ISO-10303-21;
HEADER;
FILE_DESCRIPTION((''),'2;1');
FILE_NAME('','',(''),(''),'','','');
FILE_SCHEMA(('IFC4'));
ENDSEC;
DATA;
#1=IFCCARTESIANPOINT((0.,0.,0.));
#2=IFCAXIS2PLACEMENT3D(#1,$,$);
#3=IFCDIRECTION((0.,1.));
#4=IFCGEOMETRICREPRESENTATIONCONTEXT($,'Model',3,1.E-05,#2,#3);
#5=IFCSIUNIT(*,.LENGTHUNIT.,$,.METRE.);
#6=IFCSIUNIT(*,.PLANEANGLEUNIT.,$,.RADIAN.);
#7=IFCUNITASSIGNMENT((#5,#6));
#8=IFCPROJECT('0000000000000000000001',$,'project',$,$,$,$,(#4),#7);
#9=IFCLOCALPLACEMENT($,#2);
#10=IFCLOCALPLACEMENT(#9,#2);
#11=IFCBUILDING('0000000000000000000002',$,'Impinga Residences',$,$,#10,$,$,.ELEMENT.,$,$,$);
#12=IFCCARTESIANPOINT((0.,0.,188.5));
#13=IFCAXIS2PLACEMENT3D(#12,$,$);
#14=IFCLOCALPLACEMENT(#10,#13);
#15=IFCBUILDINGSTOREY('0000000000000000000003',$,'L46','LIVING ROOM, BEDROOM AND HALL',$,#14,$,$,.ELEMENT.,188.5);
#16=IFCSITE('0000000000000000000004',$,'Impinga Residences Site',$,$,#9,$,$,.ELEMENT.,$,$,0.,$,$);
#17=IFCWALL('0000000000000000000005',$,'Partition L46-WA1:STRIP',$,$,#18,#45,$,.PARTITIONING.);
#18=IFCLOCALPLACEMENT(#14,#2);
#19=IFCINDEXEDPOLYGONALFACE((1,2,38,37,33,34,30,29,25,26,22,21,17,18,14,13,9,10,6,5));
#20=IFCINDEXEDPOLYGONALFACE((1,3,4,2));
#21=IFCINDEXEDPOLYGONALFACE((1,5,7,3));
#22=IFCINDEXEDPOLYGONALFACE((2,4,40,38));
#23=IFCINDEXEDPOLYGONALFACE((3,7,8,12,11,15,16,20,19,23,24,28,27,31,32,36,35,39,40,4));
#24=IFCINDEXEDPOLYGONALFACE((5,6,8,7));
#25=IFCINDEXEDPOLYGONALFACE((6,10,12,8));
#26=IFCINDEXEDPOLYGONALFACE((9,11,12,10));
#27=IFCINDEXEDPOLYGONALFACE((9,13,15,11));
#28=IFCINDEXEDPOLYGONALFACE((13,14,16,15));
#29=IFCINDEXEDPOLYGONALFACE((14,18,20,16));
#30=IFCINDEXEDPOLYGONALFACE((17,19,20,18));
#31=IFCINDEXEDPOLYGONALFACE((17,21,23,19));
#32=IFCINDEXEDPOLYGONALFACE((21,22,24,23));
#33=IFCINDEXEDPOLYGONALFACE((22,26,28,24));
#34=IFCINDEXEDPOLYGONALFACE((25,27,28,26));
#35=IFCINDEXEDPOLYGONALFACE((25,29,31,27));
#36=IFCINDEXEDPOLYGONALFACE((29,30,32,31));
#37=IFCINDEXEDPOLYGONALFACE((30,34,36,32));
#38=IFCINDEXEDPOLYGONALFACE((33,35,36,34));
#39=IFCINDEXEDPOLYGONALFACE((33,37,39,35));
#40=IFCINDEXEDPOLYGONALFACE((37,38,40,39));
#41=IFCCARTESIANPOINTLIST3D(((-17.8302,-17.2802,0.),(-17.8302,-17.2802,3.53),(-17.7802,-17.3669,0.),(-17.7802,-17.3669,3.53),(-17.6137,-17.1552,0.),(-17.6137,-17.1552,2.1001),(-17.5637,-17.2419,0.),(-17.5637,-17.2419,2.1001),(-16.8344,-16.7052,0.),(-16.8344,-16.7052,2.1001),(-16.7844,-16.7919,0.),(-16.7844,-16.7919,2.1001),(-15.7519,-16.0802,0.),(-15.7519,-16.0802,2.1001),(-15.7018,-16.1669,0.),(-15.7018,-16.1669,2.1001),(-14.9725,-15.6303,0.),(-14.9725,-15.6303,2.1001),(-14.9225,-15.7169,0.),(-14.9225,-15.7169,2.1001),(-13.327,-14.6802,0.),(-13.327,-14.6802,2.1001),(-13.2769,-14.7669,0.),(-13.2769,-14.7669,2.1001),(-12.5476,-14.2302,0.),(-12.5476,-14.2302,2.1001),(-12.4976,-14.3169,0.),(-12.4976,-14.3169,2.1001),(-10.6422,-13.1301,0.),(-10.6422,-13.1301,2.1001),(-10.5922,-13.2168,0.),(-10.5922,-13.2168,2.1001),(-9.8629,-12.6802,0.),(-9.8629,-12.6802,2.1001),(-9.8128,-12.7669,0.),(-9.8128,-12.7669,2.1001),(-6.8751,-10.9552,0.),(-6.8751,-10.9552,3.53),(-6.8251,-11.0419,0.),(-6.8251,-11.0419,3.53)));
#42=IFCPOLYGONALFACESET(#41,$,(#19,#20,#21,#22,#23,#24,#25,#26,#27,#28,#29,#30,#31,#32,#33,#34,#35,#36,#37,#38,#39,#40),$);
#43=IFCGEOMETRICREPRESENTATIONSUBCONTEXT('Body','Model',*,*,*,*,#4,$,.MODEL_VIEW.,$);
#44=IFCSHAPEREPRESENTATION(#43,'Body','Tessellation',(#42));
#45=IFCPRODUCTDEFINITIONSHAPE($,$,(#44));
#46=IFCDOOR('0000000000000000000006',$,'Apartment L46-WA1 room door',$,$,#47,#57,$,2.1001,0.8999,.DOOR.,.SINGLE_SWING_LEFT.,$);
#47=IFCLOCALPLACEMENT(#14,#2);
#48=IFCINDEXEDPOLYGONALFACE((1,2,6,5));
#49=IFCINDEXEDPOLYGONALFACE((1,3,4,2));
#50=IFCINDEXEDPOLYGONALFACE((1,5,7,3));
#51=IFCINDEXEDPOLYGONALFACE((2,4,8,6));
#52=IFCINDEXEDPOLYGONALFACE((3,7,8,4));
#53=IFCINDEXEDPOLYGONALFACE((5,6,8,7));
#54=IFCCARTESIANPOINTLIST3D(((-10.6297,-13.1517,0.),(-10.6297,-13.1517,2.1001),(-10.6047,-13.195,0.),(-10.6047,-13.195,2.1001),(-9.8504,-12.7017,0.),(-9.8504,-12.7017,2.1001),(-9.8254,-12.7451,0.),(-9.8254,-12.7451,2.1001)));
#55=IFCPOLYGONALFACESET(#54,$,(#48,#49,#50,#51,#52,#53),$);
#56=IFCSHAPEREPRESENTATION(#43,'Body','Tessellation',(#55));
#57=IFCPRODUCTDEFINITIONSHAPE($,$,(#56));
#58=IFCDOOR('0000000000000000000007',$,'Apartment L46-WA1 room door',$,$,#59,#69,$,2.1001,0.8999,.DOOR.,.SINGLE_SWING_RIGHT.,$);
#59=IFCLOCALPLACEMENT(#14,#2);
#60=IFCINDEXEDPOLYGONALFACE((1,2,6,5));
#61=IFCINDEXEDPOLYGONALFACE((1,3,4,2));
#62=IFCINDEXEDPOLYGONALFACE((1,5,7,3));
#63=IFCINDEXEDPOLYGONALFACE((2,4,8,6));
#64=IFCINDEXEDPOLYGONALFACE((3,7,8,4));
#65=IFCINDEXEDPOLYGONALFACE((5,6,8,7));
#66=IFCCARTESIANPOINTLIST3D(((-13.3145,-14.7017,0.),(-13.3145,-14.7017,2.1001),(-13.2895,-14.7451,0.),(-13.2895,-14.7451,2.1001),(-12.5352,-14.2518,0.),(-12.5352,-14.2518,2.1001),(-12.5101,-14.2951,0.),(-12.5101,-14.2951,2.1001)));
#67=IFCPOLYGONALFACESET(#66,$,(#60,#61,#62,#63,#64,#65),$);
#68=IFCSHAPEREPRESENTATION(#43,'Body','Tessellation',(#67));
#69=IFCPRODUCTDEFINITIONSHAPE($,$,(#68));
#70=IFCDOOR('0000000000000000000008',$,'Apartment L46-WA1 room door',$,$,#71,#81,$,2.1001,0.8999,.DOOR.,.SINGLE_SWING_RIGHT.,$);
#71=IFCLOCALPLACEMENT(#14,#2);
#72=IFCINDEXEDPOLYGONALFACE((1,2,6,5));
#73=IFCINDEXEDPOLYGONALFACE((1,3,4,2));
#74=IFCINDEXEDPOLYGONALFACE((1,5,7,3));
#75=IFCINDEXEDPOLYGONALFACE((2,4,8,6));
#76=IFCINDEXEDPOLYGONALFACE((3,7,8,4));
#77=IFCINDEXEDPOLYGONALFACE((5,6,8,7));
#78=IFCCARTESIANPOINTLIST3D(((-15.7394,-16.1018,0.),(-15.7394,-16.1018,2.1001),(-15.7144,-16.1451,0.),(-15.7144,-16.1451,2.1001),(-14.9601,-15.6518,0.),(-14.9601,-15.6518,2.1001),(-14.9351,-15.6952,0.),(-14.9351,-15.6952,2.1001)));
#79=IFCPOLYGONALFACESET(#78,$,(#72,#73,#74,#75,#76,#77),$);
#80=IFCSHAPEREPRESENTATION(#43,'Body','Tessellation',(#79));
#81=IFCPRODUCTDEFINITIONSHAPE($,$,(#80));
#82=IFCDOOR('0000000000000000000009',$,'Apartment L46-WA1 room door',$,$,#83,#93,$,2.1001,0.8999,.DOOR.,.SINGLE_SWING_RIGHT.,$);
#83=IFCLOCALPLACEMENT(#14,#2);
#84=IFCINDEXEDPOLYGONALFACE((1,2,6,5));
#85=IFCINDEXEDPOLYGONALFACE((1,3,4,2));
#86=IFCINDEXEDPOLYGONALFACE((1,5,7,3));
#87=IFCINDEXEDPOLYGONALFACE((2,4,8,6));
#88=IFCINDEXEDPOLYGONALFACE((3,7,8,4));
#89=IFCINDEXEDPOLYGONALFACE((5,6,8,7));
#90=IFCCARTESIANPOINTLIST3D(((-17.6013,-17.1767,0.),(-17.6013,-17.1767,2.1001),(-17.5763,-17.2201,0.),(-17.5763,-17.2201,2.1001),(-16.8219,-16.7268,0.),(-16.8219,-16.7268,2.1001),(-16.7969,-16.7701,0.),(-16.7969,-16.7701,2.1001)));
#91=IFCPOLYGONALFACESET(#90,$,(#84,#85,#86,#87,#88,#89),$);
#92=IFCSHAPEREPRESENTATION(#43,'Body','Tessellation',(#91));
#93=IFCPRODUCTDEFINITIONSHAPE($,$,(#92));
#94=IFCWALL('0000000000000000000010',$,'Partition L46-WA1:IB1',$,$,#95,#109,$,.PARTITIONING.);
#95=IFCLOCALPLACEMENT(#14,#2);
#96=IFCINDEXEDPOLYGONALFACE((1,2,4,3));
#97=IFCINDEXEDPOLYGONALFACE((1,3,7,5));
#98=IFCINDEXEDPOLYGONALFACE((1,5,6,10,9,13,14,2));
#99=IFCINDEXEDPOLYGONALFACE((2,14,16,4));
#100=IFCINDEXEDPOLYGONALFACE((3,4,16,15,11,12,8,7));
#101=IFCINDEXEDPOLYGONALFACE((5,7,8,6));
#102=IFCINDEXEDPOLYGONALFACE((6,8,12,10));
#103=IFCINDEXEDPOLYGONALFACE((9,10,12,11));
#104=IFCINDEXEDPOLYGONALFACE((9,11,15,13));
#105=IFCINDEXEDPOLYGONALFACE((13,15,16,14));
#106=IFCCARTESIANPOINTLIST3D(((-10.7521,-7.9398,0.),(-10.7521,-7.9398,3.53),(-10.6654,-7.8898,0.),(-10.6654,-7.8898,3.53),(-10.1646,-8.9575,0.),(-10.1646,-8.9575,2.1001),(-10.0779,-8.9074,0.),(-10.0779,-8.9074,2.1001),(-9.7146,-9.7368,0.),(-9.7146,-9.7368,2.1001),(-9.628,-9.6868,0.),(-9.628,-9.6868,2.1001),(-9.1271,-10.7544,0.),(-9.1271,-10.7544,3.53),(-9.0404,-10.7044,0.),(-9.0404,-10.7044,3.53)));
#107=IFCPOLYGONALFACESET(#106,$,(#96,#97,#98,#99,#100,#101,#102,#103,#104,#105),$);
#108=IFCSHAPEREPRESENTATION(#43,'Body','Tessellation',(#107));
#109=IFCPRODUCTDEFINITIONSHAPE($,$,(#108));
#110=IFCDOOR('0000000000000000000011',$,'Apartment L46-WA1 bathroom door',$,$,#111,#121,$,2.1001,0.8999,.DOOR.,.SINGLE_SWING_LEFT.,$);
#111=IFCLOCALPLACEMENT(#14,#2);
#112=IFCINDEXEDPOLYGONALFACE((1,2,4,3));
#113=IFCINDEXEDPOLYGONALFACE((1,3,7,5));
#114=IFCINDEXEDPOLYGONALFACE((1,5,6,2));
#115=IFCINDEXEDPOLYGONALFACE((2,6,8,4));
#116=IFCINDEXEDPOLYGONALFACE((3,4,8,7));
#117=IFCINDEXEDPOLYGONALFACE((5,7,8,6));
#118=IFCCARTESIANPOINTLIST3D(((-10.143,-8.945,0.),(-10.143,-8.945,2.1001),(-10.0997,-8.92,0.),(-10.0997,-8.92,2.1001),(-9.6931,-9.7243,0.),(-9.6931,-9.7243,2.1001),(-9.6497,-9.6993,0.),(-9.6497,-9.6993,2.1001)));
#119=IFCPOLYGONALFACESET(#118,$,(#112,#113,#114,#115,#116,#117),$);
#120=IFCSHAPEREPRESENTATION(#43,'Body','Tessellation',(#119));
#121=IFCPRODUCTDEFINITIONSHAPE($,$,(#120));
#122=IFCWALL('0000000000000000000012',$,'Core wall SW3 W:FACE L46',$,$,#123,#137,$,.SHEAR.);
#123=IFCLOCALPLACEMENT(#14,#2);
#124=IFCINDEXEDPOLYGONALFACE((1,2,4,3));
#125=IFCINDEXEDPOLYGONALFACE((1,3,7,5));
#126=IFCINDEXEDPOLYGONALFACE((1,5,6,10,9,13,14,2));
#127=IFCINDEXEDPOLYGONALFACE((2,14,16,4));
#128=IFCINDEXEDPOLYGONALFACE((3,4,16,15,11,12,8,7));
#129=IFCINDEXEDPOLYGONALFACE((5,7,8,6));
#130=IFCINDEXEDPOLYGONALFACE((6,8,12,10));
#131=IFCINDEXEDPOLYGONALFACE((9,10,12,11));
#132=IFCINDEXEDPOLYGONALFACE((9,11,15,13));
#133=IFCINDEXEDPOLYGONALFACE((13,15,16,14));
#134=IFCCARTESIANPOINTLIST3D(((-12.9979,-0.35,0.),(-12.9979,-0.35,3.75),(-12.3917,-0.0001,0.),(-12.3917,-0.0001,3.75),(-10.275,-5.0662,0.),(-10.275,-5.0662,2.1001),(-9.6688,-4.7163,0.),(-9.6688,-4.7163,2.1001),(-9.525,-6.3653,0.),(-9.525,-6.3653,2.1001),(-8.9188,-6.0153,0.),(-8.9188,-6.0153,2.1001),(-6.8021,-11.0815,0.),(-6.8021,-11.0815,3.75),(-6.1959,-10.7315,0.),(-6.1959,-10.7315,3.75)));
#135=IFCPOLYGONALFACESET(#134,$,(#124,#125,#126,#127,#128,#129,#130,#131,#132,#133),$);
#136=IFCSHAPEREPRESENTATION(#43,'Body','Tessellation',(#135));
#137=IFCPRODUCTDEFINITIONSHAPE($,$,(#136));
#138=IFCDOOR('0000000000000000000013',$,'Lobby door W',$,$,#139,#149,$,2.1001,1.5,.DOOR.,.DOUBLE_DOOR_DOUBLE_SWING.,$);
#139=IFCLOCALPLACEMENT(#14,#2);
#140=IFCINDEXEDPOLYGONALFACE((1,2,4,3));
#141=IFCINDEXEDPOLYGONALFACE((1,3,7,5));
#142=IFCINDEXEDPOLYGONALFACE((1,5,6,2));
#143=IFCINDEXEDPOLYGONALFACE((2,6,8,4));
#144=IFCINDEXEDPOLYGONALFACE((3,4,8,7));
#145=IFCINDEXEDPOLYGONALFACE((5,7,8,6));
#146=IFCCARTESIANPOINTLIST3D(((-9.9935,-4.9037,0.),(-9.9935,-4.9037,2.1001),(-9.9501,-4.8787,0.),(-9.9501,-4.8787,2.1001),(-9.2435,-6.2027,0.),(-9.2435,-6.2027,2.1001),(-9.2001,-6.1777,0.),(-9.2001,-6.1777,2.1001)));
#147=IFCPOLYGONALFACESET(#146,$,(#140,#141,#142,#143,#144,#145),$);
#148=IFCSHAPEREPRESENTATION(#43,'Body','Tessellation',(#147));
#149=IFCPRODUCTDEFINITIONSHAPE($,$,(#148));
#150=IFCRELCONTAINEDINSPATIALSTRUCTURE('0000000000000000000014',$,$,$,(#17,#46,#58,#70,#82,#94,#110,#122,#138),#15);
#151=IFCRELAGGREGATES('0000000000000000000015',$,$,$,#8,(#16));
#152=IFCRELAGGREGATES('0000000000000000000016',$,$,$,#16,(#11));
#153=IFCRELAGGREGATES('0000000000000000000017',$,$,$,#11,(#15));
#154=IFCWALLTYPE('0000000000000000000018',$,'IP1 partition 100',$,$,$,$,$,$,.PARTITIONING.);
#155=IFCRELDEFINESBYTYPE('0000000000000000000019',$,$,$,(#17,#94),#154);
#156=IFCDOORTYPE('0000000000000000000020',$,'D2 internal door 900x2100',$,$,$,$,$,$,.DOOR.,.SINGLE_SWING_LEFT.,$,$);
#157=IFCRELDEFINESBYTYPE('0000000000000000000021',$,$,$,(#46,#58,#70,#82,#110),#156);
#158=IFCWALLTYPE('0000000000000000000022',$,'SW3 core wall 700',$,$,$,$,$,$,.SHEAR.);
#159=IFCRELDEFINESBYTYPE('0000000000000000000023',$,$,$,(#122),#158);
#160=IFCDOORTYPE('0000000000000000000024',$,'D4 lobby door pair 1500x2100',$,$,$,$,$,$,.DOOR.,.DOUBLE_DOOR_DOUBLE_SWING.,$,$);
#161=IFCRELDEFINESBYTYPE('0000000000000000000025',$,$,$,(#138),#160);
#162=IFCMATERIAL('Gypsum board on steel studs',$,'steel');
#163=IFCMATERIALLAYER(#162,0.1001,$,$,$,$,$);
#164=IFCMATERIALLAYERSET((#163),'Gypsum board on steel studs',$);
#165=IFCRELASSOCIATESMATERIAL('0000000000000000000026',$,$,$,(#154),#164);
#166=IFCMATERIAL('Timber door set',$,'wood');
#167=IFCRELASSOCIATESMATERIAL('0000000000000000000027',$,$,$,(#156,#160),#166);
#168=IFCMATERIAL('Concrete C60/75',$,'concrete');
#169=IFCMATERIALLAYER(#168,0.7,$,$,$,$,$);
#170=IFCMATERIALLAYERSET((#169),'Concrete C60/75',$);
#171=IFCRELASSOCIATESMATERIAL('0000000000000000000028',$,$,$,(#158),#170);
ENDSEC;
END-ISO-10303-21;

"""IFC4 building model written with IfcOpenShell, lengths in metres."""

from ifc_helpers import new_model, si_unit, direction, frame, frame_2d, origin, place, context, subcontext, project, spatial, rectangle, extrude, material, layer, layer_set, type_object, element, fill, save


model = new_model("IFC4")

# Units and contexts
model_context = context("Model", 3, precision=1e-05, world=origin(), true_north=direction((0.0, 1.0)))
body_context = subcontext(model_context, "Body", "Model", "MODEL_VIEW")
ifc_project = project(units=[si_unit("LENGTHUNIT", "METRE"), si_unit("PLANEANGLEUNIT", "RADIAN")], contexts=[model_context])

# Site, building, storey
site_placement = place(None, origin())
site = spatial("IfcSite", under=ifc_project, at=site_placement, Name="Impinga Residences Site", CompositionType="ELEMENT", RefElevation=0.0)
building_placement = place(site_placement, origin())
building = spatial("IfcBuilding", under=site, at=building_placement, Name="Impinga Residences", CompositionType="ELEMENT")
storey_placement = place(building_placement, frame((0.0, 0.0, 188.5)))
storey = spatial("IfcBuildingStorey", under=building, at=storey_placement, Name="L46", Description="LIVING ROOM, BEDROOM AND HALL", CompositionType="ELEMENT", Elevation=188.5)

# Shared definitions
ifc_material_1 = material(Name="Concrete C60/75", Category="concrete")
ifc_material_2 = material(Name="Timber door set", Category="wood")

# Shared definitions
ifc_material_3 = material(Name="Gypsum board on steel studs", Category="steel")
ifc_layer_1 = layer(ifc_material_3, 0.1001)
ifc_layer_set_1 = layer_set([ifc_layer_1], Name="Gypsum board on steel studs")
wall_type_1 = type_object("IfcWallType", Name="IP1 partition 100", PredefinedType="PARTITIONING", material=ifc_layer_set_1)

# Wall, openings, doors
wall_1_placement = place(storey_placement, frame((-6.8501, -10.9985, 0.0), z_axis=(0.0, 0.0, 1.0), x_axis=(-0.866024, -0.500002, 0.0)))
wall_1 = element("IfcWall", 1, at=wall_1_placement, inside=storey, type_object=wall_type_1, Name="Partition L46-WA1:STRIP", PredefinedType="PARTITIONING", context=body_context, shape_type="SweptSolid", body=[
    extrude(rectangle(XDim=12.6499, YDim=0.1001, at=frame_2d((6.325, 0.0))), origin(), (0.0, 0.0, 1.0), 3.53),
])
opening_1_placement = place(wall_1_placement, frame((3.45, 0.0, 0.0)))
opening_1 = element("IfcOpeningElement", 2, at=opening_1_placement, cuts=wall_1, PredefinedType="OPENING", context=body_context, shape_type="SweptSolid", body=[
    extrude(rectangle(XDim=0.8999, YDim=2.1001, at=frame_2d((0.45, 1.05))), frame((0.0, 0.0601, 0.0), z_axis=(0.0, -1.0, 0.0), x_axis=(1.0, 0.0, 0.0)), (0.0, 0.0, 1.0), 0.1201),
])
opening_2_placement = place(wall_1_placement, frame((6.55, 0.0, 0.0)))
opening_2 = element("IfcOpeningElement", 3, at=opening_2_placement, cuts=wall_1, PredefinedType="OPENING", context=body_context, shape_type="SweptSolid", body=[
    extrude(rectangle(XDim=0.8999, YDim=2.1001, at=frame_2d((0.45, 1.05))), frame((0.0, 0.0601, 0.0), z_axis=(0.0, -1.0, 0.0), x_axis=(1.0, 0.0, 0.0)), (0.0, 0.0, 1.0), 0.1201),
])
opening_3_placement = place(wall_1_placement, frame((9.3501, 0.0, 0.0)))
opening_3 = element("IfcOpeningElement", 4, at=opening_3_placement, cuts=wall_1, PredefinedType="OPENING", context=body_context, shape_type="SweptSolid", body=[
    extrude(rectangle(XDim=0.8999, YDim=2.1001, at=frame_2d((0.45, 1.05))), frame((0.0, 0.0601, 0.0), z_axis=(0.0, -1.0, 0.0), x_axis=(1.0, 0.0, 0.0)), (0.0, 0.0, 1.0), 0.1201),
])
opening_4_placement = place(wall_1_placement, frame((11.5, 0.0, 0.0)))
opening_4 = element("IfcOpeningElement", 5, at=opening_4_placement, cuts=wall_1, PredefinedType="OPENING", context=body_context, shape_type="SweptSolid", body=[
    extrude(rectangle(XDim=0.8999, YDim=2.1001, at=frame_2d((0.45, 1.05))), frame((0.0, 0.0601, 0.0), z_axis=(0.0, -1.0, 0.0), x_axis=(1.0, 0.0, 0.0)), (0.0, 0.0, 1.0), 0.1201),
])
door_type_1 = type_object("IfcDoorType", Name="D2 internal door 900x2100", OperationType="SINGLE_SWING_LEFT", PredefinedType="DOOR", material=ifc_material_2)
door_1_placement = place(opening_1_placement, origin())
door_1 = element("IfcDoor", 6, at=door_1_placement, inside=storey, type_object=door_type_1, Name="Apartment L46-WA1 room door", OperationType="SINGLE_SWING_LEFT", OverallHeight=2.1001, OverallWidth=0.8999, PredefinedType="DOOR", context=body_context, shape_type="SweptSolid", body=[
    extrude(rectangle(XDim=0.8999, YDim=2.1001, at=frame_2d((0.45, 1.05))), frame((0.0, 0.0249, 0.0), z_axis=(0.0, -1.0, 0.0), x_axis=(1.0, 0.0, 0.0)), (0.0, 0.0, 1.0), 0.05),
])
fill(opening_1, door_1)
door_2_placement = place(opening_2_placement, origin())
door_2 = element("IfcDoor", 7, at=door_2_placement, inside=storey, type_object=door_type_1, Name="Apartment L46-WA1 room door", OperationType="SINGLE_SWING_RIGHT", OverallHeight=2.1001, OverallWidth=0.8999, PredefinedType="DOOR", context=body_context, shape_type="SweptSolid", body=[
    extrude(rectangle(XDim=0.8999, YDim=2.1001, at=frame_2d((0.45, 1.05))), frame((0.0, 0.0249, 0.0), z_axis=(0.0, -1.0, 0.0), x_axis=(1.0, 0.0, 0.0)), (0.0, 0.0, 1.0), 0.05),
])
fill(opening_2, door_2)
door_3_placement = place(opening_3_placement, origin())
door_3 = element("IfcDoor", 8, at=door_3_placement, inside=storey, type_object=door_type_1, Name="Apartment L46-WA1 room door", OperationType="SINGLE_SWING_RIGHT", OverallHeight=2.1001, OverallWidth=0.8999, PredefinedType="DOOR", context=body_context, shape_type="SweptSolid", body=[
    extrude(rectangle(XDim=0.8999, YDim=2.1001, at=frame_2d((0.45, 1.05))), frame((0.0, 0.0249, 0.0), z_axis=(0.0, -1.0, 0.0), x_axis=(1.0, 0.0, 0.0)), (0.0, 0.0, 1.0), 0.05),
])
fill(opening_3, door_3)
door_4_placement = place(opening_4_placement, origin())
door_4 = element("IfcDoor", 9, at=door_4_placement, inside=storey, type_object=door_type_1, Name="Apartment L46-WA1 room door", OperationType="SINGLE_SWING_RIGHT", OverallHeight=2.1001, OverallWidth=0.8999, PredefinedType="DOOR", context=body_context, shape_type="SweptSolid", body=[
    extrude(rectangle(XDim=0.8999, YDim=2.1001, at=frame_2d((0.45, 1.05))), frame((0.0, 0.0249, 0.0), z_axis=(0.0, -1.0, 0.0), x_axis=(1.0, 0.0, 0.0)), (0.0, 0.0, 1.0), 0.05),
])
fill(opening_4, door_4)

# Walls, openings, doors
wall_2_placement = place(storey_placement, frame((-10.7087, -7.9148, 0.0), z_axis=(0.0, 0.0, 1.0), x_axis=(0.499985, -0.866034, 0.0)))
wall_2 = element("IfcWall", 10, at=wall_2_placement, inside=storey, type_object=wall_type_1, Name="Partition L46-WA1:IB1", PredefinedType="PARTITIONING", context=body_context, shape_type="SweptSolid", body=[
    extrude(rectangle(XDim=3.25, YDim=0.1001, at=frame_2d((1.625, 0.0))), origin(), (0.0, 0.0, 1.0), 3.53),
])
opening_5_placement = place(wall_2_placement, frame((1.175, 0.0, 0.0)))
opening_5 = element("IfcOpeningElement", 11, at=opening_5_placement, cuts=wall_2, PredefinedType="OPENING", context=body_context, shape_type="SweptSolid", body=[
    extrude(rectangle(XDim=0.8999, YDim=2.1001, at=frame_2d((0.45, 1.05))), frame((0.0, 0.0601, 0.0), z_axis=(0.0, -1.0, 0.0), x_axis=(1.0, 0.0, 0.0)), (0.0, 0.0, 1.0), 0.1201),
])
door_5_placement = place(opening_5_placement, origin())
door_5 = element("IfcDoor", 12, at=door_5_placement, inside=storey, type_object=door_type_1, Name="Apartment L46-WA1 bathroom door", OperationType="SINGLE_SWING_LEFT", OverallHeight=2.1001, OverallWidth=0.8999, PredefinedType="DOOR", context=body_context, shape_type="SweptSolid", body=[
    extrude(rectangle(XDim=0.8999, YDim=2.1001, at=frame_2d((0.45, 1.05))), frame((0.0, 0.0249, 0.0), z_axis=(0.0, -1.0, 0.0), x_axis=(1.0, 0.0, 0.0)), (0.0, 0.0, 1.0), 0.05),
])
fill(opening_5, door_5)
ifc_layer_2 = layer(ifc_material_1, 0.7)
ifc_layer_set_2 = layer_set([ifc_layer_2], Name="Concrete C60/75")
wall_type_2 = type_object("IfcWallType", Name="SW3 core wall 700", PredefinedType="SHEAR", material=ifc_layer_set_2)
wall_3_placement = place(storey_placement, frame((-6.499, -10.9065, 0.0), z_axis=(0.0, 0.0, 1.0), x_axis=(-0.5, 0.866025, 0.0)))
wall_3 = element("IfcWall", 13, at=wall_3_placement, inside=storey, type_object=wall_type_2, Name="Core wall SW3 W:FACE L46", PredefinedType="SHEAR", context=body_context, shape_type="SweptSolid", body=[
    extrude(rectangle(XDim=12.3916, YDim=0.7, at=frame_2d((6.1958, 0.0))), origin(), (0.0, 0.0, 1.0), 3.75),
])
opening_6_placement = place(wall_3_placement, frame((5.4458, 0.0, 0.0)))
opening_6 = element("IfcOpeningElement", 14, at=opening_6_placement, cuts=wall_3, PredefinedType="OPENING", context=body_context, shape_type="SweptSolid", body=[
    extrude(rectangle(XDim=1.5, YDim=2.1001, at=frame_2d((0.75, 1.05))), frame((0.0, 0.3599, 0.0), z_axis=(0.0, -1.0, 0.0), x_axis=(1.0, 0.0, 0.0)), (0.0, 0.0, 1.0), 0.72),
])
door_type_2 = type_object("IfcDoorType", Name="D4 lobby door pair 1500x2100", OperationType="DOUBLE_DOOR_DOUBLE_SWING", PredefinedType="DOOR", material=ifc_material_2)
door_6_placement = place(opening_6_placement, origin())
door_6 = element("IfcDoor", 15, at=door_6_placement, inside=storey, type_object=door_type_2, Name="Lobby door W", OperationType="DOUBLE_DOOR_DOUBLE_SWING", OverallHeight=2.1001, OverallWidth=1.5, PredefinedType="DOOR", context=body_context, shape_type="SweptSolid", body=[
    extrude(rectangle(XDim=1.5, YDim=2.1001, at=frame_2d((0.75, 1.05))), frame((0.0, 0.0249, 0.0), z_axis=(0.0, -1.0, 0.0), x_axis=(1.0, 0.0, 0.0)), (0.0, 0.0, 1.0), 0.05),
])
fill(opening_6, door_6)

save(model, "model.ifc")
